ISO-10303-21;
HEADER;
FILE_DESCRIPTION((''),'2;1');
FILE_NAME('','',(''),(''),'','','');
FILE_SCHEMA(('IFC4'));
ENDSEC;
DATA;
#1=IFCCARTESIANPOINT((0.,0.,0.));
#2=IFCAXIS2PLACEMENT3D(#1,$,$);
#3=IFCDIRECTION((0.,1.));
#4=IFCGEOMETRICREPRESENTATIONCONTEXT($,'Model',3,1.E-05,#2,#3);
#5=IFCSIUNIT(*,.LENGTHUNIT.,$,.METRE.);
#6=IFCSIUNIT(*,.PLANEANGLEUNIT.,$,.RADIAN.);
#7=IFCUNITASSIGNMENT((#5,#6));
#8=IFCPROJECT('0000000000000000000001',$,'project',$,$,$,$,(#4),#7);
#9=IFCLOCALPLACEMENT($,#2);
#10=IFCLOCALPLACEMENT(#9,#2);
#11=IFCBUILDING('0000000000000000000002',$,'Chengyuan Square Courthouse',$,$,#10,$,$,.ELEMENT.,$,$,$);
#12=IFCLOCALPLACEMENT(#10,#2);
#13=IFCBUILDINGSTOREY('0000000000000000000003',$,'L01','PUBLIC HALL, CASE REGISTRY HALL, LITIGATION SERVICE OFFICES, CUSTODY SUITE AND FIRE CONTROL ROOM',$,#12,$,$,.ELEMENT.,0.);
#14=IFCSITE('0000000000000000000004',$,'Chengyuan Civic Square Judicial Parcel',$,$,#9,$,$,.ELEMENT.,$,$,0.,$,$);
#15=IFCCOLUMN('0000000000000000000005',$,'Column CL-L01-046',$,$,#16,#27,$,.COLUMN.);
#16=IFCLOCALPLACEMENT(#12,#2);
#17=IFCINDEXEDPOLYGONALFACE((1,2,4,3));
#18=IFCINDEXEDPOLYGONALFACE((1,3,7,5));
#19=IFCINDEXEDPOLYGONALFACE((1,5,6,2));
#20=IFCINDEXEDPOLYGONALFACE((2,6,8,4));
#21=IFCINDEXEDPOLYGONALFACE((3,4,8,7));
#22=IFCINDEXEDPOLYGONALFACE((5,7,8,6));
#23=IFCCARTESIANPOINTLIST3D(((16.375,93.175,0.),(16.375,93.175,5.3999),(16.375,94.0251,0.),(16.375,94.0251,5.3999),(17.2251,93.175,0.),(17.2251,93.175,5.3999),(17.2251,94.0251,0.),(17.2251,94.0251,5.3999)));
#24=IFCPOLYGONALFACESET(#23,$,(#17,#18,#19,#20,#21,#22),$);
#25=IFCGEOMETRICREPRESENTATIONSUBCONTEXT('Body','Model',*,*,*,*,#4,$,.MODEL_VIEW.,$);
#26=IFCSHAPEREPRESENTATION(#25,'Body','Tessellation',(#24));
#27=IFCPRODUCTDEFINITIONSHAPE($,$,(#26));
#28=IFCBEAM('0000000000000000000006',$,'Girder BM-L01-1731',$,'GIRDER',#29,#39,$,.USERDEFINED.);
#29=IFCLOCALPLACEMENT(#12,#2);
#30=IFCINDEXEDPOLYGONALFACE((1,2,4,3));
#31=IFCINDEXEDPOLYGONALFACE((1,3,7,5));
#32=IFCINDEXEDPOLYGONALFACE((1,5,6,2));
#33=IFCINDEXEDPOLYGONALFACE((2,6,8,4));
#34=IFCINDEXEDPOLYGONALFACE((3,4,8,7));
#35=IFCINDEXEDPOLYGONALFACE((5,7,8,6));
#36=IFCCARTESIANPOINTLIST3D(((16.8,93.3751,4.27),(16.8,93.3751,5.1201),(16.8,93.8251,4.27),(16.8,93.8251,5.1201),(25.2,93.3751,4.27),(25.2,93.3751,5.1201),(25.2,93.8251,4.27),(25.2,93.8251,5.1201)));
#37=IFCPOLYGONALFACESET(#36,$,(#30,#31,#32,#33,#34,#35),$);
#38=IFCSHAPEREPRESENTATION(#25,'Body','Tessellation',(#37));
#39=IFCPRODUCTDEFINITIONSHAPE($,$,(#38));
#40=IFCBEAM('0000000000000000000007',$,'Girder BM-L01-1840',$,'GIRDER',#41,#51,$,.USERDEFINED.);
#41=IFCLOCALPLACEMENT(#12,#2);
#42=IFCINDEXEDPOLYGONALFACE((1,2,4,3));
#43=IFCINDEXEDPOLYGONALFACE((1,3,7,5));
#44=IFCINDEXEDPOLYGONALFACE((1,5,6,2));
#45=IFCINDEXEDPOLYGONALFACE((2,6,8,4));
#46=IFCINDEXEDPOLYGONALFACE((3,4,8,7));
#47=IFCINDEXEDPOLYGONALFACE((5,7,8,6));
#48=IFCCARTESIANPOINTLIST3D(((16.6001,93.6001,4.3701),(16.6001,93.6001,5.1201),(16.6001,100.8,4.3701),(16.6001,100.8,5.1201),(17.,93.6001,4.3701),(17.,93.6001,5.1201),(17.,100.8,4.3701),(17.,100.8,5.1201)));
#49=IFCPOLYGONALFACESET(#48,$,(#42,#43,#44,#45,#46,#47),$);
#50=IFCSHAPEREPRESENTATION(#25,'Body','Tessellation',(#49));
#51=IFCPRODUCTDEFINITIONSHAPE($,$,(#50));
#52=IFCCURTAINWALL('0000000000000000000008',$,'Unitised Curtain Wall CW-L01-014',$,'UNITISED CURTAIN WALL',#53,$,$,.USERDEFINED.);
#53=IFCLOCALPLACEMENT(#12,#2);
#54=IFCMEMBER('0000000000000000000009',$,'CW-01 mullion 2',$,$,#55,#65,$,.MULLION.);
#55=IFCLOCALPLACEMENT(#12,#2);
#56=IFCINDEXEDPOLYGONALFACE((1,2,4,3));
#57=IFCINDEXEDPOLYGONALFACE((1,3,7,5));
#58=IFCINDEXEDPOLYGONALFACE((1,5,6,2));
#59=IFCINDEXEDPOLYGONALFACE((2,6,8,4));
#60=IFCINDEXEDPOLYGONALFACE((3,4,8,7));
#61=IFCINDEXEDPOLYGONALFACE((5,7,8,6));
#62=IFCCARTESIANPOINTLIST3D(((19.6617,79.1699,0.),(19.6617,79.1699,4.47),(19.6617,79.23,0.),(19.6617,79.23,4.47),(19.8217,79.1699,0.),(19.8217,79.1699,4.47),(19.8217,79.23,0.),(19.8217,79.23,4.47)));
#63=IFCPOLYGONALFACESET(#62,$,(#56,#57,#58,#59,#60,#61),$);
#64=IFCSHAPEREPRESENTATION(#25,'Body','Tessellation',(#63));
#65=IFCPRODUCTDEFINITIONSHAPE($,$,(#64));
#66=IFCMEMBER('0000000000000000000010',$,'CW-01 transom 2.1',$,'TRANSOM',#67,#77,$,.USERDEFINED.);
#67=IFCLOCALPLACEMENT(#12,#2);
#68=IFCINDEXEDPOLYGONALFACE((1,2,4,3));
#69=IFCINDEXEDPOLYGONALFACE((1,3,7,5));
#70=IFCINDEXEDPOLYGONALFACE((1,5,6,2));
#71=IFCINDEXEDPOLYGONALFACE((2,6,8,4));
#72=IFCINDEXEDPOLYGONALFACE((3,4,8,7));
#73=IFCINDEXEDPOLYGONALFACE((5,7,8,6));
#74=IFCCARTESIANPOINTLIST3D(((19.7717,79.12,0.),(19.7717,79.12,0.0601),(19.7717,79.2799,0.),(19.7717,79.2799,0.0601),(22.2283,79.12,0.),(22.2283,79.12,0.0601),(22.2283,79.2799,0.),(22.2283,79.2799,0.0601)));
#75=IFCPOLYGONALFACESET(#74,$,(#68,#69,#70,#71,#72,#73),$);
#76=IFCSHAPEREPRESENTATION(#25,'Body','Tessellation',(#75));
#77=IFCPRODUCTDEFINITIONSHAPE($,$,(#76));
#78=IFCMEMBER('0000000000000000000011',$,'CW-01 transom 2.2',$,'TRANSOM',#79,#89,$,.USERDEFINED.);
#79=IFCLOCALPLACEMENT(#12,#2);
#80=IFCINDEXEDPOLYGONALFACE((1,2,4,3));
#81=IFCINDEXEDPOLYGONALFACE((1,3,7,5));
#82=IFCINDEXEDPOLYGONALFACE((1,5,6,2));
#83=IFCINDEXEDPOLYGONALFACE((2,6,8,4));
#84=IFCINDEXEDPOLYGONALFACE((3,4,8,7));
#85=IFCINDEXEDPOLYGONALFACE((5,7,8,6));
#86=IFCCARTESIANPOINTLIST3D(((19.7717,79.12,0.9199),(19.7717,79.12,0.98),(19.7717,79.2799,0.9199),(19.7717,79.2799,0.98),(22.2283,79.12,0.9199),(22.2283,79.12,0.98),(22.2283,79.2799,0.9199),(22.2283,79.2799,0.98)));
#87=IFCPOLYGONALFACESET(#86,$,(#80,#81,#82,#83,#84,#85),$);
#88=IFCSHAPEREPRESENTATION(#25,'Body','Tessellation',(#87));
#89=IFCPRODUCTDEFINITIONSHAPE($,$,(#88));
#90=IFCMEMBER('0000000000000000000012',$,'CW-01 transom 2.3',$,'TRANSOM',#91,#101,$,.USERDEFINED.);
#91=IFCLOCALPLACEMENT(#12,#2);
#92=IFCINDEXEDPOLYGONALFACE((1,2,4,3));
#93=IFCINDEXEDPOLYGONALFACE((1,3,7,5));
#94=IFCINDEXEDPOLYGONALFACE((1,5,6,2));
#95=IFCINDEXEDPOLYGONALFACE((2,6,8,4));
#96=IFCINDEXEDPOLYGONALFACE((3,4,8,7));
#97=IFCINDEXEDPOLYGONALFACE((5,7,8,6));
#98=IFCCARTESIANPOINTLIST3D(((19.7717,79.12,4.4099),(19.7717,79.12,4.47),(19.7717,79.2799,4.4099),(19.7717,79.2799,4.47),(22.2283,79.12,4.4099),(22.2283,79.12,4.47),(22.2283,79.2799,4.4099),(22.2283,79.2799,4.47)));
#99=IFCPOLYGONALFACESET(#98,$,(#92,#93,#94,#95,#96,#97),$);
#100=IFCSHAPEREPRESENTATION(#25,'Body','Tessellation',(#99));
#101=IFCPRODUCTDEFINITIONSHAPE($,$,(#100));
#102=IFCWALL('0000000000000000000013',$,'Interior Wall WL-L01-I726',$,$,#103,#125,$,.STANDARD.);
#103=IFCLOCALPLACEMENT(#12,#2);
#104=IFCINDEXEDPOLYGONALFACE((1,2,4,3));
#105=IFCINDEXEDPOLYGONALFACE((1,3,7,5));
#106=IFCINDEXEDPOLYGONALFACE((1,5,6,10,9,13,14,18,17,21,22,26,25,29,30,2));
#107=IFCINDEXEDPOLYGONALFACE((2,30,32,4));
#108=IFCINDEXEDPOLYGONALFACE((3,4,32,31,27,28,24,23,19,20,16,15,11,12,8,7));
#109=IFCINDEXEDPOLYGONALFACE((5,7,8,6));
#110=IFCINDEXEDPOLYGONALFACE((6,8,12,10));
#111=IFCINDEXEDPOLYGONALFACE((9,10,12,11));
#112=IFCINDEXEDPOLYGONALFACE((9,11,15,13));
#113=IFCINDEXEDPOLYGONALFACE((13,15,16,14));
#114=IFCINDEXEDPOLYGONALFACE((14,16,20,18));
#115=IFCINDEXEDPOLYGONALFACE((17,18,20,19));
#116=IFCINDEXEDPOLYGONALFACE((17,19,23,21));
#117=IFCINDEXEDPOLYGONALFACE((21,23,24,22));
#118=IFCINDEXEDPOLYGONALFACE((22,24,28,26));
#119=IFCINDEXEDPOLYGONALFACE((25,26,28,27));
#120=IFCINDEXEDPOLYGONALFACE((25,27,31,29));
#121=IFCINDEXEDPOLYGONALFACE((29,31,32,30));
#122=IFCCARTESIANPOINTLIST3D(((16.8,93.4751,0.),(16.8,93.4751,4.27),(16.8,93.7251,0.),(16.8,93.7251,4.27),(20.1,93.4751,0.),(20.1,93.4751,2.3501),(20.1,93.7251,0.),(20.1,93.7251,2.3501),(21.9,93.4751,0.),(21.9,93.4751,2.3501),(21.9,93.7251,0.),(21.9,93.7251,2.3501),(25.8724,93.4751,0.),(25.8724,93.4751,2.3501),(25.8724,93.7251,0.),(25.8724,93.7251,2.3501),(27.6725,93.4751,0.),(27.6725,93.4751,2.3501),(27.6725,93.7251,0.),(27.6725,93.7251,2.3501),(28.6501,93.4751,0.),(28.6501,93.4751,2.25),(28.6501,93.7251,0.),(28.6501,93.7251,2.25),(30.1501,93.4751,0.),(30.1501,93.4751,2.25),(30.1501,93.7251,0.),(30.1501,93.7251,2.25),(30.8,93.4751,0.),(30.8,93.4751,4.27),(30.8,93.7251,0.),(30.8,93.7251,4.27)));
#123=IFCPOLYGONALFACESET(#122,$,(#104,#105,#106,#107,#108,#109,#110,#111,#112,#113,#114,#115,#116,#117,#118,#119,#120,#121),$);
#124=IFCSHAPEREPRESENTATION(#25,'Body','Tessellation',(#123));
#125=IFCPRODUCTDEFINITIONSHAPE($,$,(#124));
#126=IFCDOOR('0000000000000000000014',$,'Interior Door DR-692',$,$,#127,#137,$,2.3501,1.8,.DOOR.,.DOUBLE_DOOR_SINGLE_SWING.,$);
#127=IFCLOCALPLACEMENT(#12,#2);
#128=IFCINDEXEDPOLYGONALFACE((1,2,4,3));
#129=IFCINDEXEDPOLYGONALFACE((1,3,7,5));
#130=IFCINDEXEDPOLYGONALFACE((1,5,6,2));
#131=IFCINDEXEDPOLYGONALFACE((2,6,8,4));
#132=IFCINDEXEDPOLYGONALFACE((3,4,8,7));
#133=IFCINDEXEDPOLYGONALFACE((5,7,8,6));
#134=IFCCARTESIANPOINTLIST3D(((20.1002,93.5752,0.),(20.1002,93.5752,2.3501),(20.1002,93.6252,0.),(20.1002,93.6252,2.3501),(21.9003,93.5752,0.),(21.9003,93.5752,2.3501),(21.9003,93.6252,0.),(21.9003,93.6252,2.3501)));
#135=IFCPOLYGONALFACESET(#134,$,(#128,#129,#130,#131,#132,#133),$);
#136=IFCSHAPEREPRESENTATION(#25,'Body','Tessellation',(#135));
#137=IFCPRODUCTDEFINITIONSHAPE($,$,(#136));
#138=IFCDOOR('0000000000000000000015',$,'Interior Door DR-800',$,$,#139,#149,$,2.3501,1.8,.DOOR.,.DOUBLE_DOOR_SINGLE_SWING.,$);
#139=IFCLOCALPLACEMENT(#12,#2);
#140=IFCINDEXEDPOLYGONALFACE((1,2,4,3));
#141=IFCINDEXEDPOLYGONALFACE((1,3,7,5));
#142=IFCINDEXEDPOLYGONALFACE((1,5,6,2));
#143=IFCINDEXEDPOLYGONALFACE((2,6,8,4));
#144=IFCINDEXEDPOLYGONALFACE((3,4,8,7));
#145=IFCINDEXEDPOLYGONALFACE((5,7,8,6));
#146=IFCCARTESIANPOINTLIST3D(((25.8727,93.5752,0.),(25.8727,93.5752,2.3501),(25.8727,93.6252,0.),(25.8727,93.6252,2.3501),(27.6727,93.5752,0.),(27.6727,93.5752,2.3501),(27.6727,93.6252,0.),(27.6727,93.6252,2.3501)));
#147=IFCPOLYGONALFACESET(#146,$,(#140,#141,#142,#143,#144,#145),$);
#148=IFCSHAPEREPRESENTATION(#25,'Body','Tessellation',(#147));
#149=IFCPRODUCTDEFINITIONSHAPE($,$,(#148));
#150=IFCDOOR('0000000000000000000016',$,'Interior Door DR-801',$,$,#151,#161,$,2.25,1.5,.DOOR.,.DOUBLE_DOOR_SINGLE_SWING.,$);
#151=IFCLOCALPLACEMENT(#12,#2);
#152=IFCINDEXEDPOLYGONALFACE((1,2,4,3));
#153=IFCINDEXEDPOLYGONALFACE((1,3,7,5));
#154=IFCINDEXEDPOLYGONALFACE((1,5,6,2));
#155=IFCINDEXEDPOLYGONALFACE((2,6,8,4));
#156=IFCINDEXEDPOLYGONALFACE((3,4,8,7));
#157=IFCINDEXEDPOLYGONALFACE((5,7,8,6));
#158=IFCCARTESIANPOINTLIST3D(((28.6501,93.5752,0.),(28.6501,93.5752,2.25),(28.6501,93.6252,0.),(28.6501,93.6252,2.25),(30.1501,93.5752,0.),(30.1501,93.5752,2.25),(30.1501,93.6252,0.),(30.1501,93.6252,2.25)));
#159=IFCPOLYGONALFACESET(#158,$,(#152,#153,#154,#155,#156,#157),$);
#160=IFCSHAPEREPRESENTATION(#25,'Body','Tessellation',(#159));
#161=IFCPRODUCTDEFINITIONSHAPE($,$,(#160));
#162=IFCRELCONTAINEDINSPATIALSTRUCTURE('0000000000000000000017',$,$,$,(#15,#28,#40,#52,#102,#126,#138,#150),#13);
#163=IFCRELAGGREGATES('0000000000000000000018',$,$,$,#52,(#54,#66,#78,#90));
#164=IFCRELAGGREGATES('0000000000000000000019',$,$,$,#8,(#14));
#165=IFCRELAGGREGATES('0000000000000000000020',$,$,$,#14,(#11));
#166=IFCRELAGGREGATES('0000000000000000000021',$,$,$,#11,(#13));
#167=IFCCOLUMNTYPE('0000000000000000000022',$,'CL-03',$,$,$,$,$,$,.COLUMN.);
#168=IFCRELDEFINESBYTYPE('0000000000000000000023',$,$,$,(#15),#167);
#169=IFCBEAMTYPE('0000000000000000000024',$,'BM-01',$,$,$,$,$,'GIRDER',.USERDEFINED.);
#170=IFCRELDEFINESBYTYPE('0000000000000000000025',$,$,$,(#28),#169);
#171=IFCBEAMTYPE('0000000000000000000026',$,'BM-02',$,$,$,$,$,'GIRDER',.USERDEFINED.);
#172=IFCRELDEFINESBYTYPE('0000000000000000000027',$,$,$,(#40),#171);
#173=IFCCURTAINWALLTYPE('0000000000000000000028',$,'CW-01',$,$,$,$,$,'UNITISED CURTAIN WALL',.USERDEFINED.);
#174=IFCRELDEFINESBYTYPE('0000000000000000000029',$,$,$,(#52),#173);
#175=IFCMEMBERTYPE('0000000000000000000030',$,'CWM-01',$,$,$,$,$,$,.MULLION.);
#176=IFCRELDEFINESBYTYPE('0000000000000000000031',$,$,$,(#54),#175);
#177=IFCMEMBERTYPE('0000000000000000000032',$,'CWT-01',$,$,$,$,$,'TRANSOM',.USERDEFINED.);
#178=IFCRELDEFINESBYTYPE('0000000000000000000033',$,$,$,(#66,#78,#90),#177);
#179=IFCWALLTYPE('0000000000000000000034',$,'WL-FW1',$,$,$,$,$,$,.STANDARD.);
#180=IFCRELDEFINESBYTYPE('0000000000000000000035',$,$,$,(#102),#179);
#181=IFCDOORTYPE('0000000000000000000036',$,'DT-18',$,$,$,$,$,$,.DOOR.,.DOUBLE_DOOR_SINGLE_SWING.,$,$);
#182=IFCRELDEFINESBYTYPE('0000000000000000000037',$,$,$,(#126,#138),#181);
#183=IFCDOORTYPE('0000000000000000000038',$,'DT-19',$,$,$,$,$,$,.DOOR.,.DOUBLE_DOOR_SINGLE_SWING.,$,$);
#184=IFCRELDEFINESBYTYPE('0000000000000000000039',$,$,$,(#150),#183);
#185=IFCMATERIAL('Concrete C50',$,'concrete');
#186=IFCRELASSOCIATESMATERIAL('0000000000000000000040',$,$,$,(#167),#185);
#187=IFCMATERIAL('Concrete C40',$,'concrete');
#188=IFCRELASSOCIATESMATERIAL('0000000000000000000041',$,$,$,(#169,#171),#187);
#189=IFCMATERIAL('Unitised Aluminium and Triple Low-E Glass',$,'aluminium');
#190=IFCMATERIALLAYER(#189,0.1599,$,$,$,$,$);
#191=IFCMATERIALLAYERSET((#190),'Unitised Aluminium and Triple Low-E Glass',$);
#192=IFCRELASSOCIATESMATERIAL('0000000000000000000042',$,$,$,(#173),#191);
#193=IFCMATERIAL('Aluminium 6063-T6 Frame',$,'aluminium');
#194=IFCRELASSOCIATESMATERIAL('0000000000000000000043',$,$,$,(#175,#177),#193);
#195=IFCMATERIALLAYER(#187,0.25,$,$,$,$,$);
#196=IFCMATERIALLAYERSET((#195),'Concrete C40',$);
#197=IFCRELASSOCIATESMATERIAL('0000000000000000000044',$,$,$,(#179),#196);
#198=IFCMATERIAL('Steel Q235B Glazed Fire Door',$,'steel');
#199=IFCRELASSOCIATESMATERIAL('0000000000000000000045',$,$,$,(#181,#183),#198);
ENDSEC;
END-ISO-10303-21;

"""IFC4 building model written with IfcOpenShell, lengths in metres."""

from ifc_helpers import new_model, si_unit, direction, frame, frame_2d, origin, origin_2d, place, context, subcontext, project, spatial, rectangle, extrude, material, layer, layer_set, material_profile, profile_set, type_object, element, fill, aggregate, save


model = new_model("IFC4")

# Units and contexts
model_context = context("Model", 3, precision=1e-05, world=origin(), true_north=direction((0.0, 1.0)))
body_context = subcontext(model_context, "Body", "Model", "MODEL_VIEW")
ifc_project = project(units=[si_unit("LENGTHUNIT", "METRE"), si_unit("PLANEANGLEUNIT", "RADIAN")], contexts=[model_context])

# Site, building, storey
site_placement = place(None, origin())
site = spatial("IfcSite", under=ifc_project, at=site_placement, Name="Chengyuan Civic Square Judicial Parcel", CompositionType="ELEMENT", RefElevation=0.0)
building_placement = place(site_placement, origin())
building = spatial("IfcBuilding", under=site, at=building_placement, Name="Chengyuan Square Courthouse", CompositionType="ELEMENT")
storey_placement = place(building_placement, origin())
storey = spatial("IfcBuildingStorey", under=building, at=storey_placement, Name="L01", Description="PUBLIC HALL, CASE REGISTRY HALL, LITIGATION SERVICE OFFICES, CUSTODY SUITE AND FIRE CONTROL ROOM", CompositionType="ELEMENT", Elevation=0.0)

# Column
ifc_material_1 = material(Name="Concrete C50", Category="concrete")
ifc_material_profile_1 = material_profile(ifc_material_1, rectangle(XDim=0.8501, YDim=0.8501, at=origin_2d()), Name="RC-COL-850x850")
ifc_profile_set_1 = profile_set([ifc_material_profile_1], Name="Concrete C50")
column_type = type_object("IfcColumnType", Name="CL-03", PredefinedType="COLUMN", material=ifc_profile_set_1)
column_placement = place(storey_placement, frame((16.8, 93.6001, 0.0), z_axis=(0.0, 0.0, 1.0), x_axis=(1.0, 0.0, 0.0)))
element("IfcColumn", 1, at=column_placement, inside=storey, type_object=column_type, Name="Column CL-L01-046", PredefinedType="COLUMN", context=body_context, shape_type="SweptSolid", body=[
    extrude(rectangle(XDim=0.8501, YDim=0.8501, at=origin_2d()), origin(), (0.0, 0.0, 1.0), 5.3999),
])

# Beams
ifc_material_2 = material(Name="Concrete C40", Category="concrete")
ifc_material_profile_2 = material_profile(ifc_material_2, rectangle(XDim=0.45, YDim=0.8501, at=origin_2d()), Name="RC-BM-450x850")
ifc_profile_set_2 = profile_set([ifc_material_profile_2], Name="Concrete C40")
beam_type_1 = type_object("IfcBeamType", Name="BM-01", ElementType="GIRDER", PredefinedType="USERDEFINED", material=ifc_profile_set_2)
beam_1_placement = place(storey_placement, frame((16.8, 93.6001, 4.6951), z_axis=(1.0, 0.0, 0.0), x_axis=(0.0, 1.0, 0.0)))
element("IfcBeam", 2, at=beam_1_placement, inside=storey, type_object=beam_type_1, Name="Girder BM-L01-1731", ObjectType="GIRDER", PredefinedType="USERDEFINED", context=body_context, shape_type="SweptSolid", body=[
    extrude(rectangle(XDim=0.45, YDim=0.8501, at=origin_2d()), origin(), (0.0, 0.0, 1.0), 8.3999),
])
ifc_material_profile_3 = material_profile(ifc_material_2, rectangle(XDim=0.3999, YDim=0.75, at=origin_2d()), Name="RC-BM-400x750")
ifc_profile_set_3 = profile_set([ifc_material_profile_3], Name="Concrete C40")
beam_type_2 = type_object("IfcBeamType", Name="BM-02", ElementType="GIRDER", PredefinedType="USERDEFINED", material=ifc_profile_set_3)
beam_2_placement = place(storey_placement, frame((16.8, 93.6001, 4.7451), z_axis=(0.0, 1.0, 0.0), x_axis=(-1.0, 0.0, 0.0)))
element("IfcBeam", 3, at=beam_2_placement, inside=storey, type_object=beam_type_2, Name="Girder BM-L01-1840", ObjectType="GIRDER", PredefinedType="USERDEFINED", context=body_context, shape_type="SweptSolid", body=[
    extrude(rectangle(XDim=0.3999, YDim=0.75, at=origin_2d()), origin(), (0.0, 0.0, 1.0), 7.2),
])

# Curtain wall, members
ifc_material_3 = material(Name="Unitised Aluminium and Triple Low-E Glass", Category="aluminium")
ifc_layer_1 = layer(ifc_material_3, 0.1599)
ifc_layer_set_1 = layer_set([ifc_layer_1], Name="Unitised Aluminium and Triple Low-E Glass")
curtain_wall_type = type_object("IfcCurtainWallType", Name="CW-01", ElementType="UNITISED CURTAIN WALL", PredefinedType="USERDEFINED", material=ifc_layer_set_1)
curtain_wall_placement = place(storey_placement, origin())
curtain_wall = element("IfcCurtainWall", 4, at=curtain_wall_placement, inside=storey, type_object=curtain_wall_type, Name="Unitised Curtain Wall CW-L01-014", ObjectType="UNITISED CURTAIN WALL", PredefinedType="USERDEFINED")
ifc_material_4 = material(Name="Aluminium 6063-T6 Frame", Category="aluminium")
ifc_material_profile_4 = material_profile(ifc_material_4, rectangle(XDim=0.0601, YDim=0.1599, at=origin_2d()), Name="CW-MUL-60x160")
ifc_profile_set_4 = profile_set([ifc_material_profile_4], Name="Aluminium 6063-T6 Frame")
member_type_1 = type_object("IfcMemberType", Name="CWM-01", PredefinedType="MULLION", material=ifc_profile_set_4)
member_1_placement = place(storey_placement, frame((19.7417, 79.2, 0.0), z_axis=(0.0, 0.0, 1.0), x_axis=(0.0, 1.0, 0.0)))
member_1 = element("IfcMember", 5, at=member_1_placement, type_object=member_type_1, Name="CW-01 mullion 2", PredefinedType="MULLION", context=body_context, shape_type="SweptSolid", body=[
    extrude(rectangle(XDim=0.0601, YDim=0.1599, at=origin_2d()), origin(), (0.0, 0.0, 1.0), 4.47),
])
ifc_material_profile_5 = material_profile(ifc_material_4, rectangle(XDim=0.1599, YDim=0.0601, at=origin_2d()), Name="CW-TRN-60x120")
ifc_profile_set_5 = profile_set([ifc_material_profile_5], Name="Aluminium 6063-T6 Frame")
member_type_2 = type_object("IfcMemberType", Name="CWT-01", ElementType="TRANSOM", PredefinedType="USERDEFINED", material=ifc_profile_set_5)
member_2_placement = place(storey_placement, frame((19.7717, 79.2, 0.03), z_axis=(1.0, 0.0, 0.0), x_axis=(0.0, 1.0, 0.0)))
member_2 = element("IfcMember", 6, at=member_2_placement, type_object=member_type_2, Name="CW-01 transom 2.1", ObjectType="TRANSOM", PredefinedType="USERDEFINED", context=body_context, shape_type="SweptSolid", body=[
    extrude(rectangle(XDim=0.1599, YDim=0.0601, at=origin_2d()), origin(), (0.0, 0.0, 1.0), 2.4565),
])
member_3_placement = place(storey_placement, frame((19.7717, 79.2, 0.95), z_axis=(1.0, 0.0, 0.0), x_axis=(0.0, 1.0, 0.0)))
member_3 = element("IfcMember", 7, at=member_3_placement, type_object=member_type_2, Name="CW-01 transom 2.2", ObjectType="TRANSOM", PredefinedType="USERDEFINED", context=body_context, shape_type="SweptSolid", body=[
    extrude(rectangle(XDim=0.1599, YDim=0.0601, at=origin_2d()), origin(), (0.0, 0.0, 1.0), 2.4565),
])
member_4_placement = place(storey_placement, frame((19.7717, 79.2, 4.4399), z_axis=(1.0, 0.0, 0.0), x_axis=(0.0, 1.0, 0.0)))
member_4 = element("IfcMember", 8, at=member_4_placement, type_object=member_type_2, Name="CW-01 transom 2.3", ObjectType="TRANSOM", PredefinedType="USERDEFINED", context=body_context, shape_type="SweptSolid", body=[
    extrude(rectangle(XDim=0.1599, YDim=0.0601, at=origin_2d()), origin(), (0.0, 0.0, 1.0), 2.4565),
])
aggregate(curtain_wall, [member_1, member_2, member_3, member_4])

# Wall, openings, doors
ifc_layer_2 = layer(ifc_material_2, 0.25)
ifc_layer_set_2 = layer_set([ifc_layer_2], Name="Concrete C40")
wall_type_1 = type_object("IfcWallType", Name="WL-FW1", PredefinedType="STANDARD", material=ifc_layer_set_2)
wall_1_placement = place(storey_placement, frame((16.8, 93.6001, 0.0), z_axis=(0.0, 0.0, 1.0), x_axis=(1.0, 0.0, 0.0)))
wall_1 = element("IfcWall", 9, at=wall_1_placement, inside=storey, type_object=wall_type_1, Name="Interior Wall WL-L01-I726", PredefinedType="STANDARD", context=body_context, shape_type="SweptSolid", body=[
    extrude(rectangle(XDim=14.0, YDim=0.25, at=frame_2d((7.0, 0.0))), origin(), (0.0, 0.0, 1.0), 4.27),
])
opening_1_placement = place(wall_1_placement, frame((3.3, 0.0, 0.0)))
opening_1 = element("IfcOpeningElement", 10, at=opening_1_placement, cuts=wall_1, PredefinedType="OPENING", context=body_context, shape_type="SweptSolid", body=[
    extrude(rectangle(XDim=1.8, YDim=2.3501, at=frame_2d((0.8999, 1.175))), frame((0.0, 0.137, 0.0), z_axis=(0.0, -1.0, 0.0), x_axis=(1.0, 0.0, 0.0)), (0.0, 0.0, 1.0), 0.2739),
])
opening_2_placement = place(wall_1_placement, frame((9.0725, 0.0, 0.0)))
opening_2 = element("IfcOpeningElement", 11, at=opening_2_placement, cuts=wall_1, PredefinedType="OPENING", context=body_context, shape_type="SweptSolid", body=[
    extrude(rectangle(XDim=1.8, YDim=2.3501, at=frame_2d((0.8999, 1.175))), frame((0.0, 0.137, 0.0), z_axis=(0.0, -1.0, 0.0), x_axis=(1.0, 0.0, 0.0)), (0.0, 0.0, 1.0), 0.2739),
])
opening_3_placement = place(wall_1_placement, frame((11.8501, 0.0, 0.0)))
opening_3 = element("IfcOpeningElement", 12, at=opening_3_placement, cuts=wall_1, PredefinedType="OPENING", context=body_context, shape_type="SweptSolid", body=[
    extrude(rectangle(XDim=1.5, YDim=2.25, at=frame_2d((0.75, 1.125))), frame((0.0, 0.137, 0.0), z_axis=(0.0, -1.0, 0.0), x_axis=(1.0, 0.0, 0.0)), (0.0, 0.0, 1.0), 0.2739),
])
ifc_material_5 = material(Name="Steel Q235B Glazed Fire Door", Category="steel")
door_type_1 = type_object("IfcDoorType", Name="DT-18", OperationType="DOUBLE_DOOR_SINGLE_SWING", PredefinedType="DOOR", material=ifc_material_5)
door_1_placement = place(opening_1_placement, frame((1.8, 0.0, 0.0), z_axis=(0.0, 0.0, 1.0), x_axis=(-1.0, 0.0, 0.0)))
door_1 = element("IfcDoor", 13, at=door_1_placement, inside=storey, type_object=door_type_1, Name="Interior Door DR-692", OperationType="DOUBLE_DOOR_SINGLE_SWING", OverallHeight=2.3501, OverallWidth=1.8, PredefinedType="DOOR", context=body_context, shape_type="SweptSolid", body=[
    extrude(rectangle(XDim=1.8, YDim=2.3501, at=frame_2d((0.8999, 1.175))), frame((0.0, 0.0249, 0.0), z_axis=(0.0, -1.0, 0.0), x_axis=(1.0, 0.0, 0.0)), (0.0, 0.0, 1.0), 0.05),
])
fill(opening_1, door_1)
door_2_placement = place(opening_2_placement, frame((1.8, 0.0, 0.0), z_axis=(0.0, 0.0, 1.0), x_axis=(-1.0, 0.0, 0.0)))
door_2 = element("IfcDoor", 14, at=door_2_placement, inside=storey, type_object=door_type_1, Name="Interior Door DR-800", OperationType="DOUBLE_DOOR_SINGLE_SWING", OverallHeight=2.3501, OverallWidth=1.8, PredefinedType="DOOR", context=body_context, shape_type="SweptSolid", body=[
    extrude(rectangle(XDim=1.8, YDim=2.3501, at=frame_2d((0.8999, 1.175))), frame((0.0, 0.0249, 0.0), z_axis=(0.0, -1.0, 0.0), x_axis=(1.0, 0.0, 0.0)), (0.0, 0.0, 1.0), 0.05),
])
fill(opening_2, door_2)
door_type_2 = type_object("IfcDoorType", Name="DT-19", OperationType="DOUBLE_DOOR_SINGLE_SWING", PredefinedType="DOOR", material=ifc_material_5)
door_3_placement = place(opening_3_placement, frame((1.5, 0.0, 0.0), z_axis=(0.0, 0.0, 1.0), x_axis=(-1.0, 0.0, 0.0)))
door_3 = element("IfcDoor", 15, at=door_3_placement, inside=storey, type_object=door_type_2, Name="Interior Door DR-801", OperationType="DOUBLE_DOOR_SINGLE_SWING", OverallHeight=2.25, OverallWidth=1.5, PredefinedType="DOOR", context=body_context, shape_type="SweptSolid", body=[
    extrude(rectangle(XDim=1.5, YDim=2.25, at=frame_2d((0.75, 1.125))), frame((0.0, 0.0249, 0.0), z_axis=(0.0, -1.0, 0.0), x_axis=(1.0, 0.0, 0.0)), (0.0, 0.0, 1.0), 0.05),
])
fill(opening_3, door_3)

save(model, "model.ifc")
